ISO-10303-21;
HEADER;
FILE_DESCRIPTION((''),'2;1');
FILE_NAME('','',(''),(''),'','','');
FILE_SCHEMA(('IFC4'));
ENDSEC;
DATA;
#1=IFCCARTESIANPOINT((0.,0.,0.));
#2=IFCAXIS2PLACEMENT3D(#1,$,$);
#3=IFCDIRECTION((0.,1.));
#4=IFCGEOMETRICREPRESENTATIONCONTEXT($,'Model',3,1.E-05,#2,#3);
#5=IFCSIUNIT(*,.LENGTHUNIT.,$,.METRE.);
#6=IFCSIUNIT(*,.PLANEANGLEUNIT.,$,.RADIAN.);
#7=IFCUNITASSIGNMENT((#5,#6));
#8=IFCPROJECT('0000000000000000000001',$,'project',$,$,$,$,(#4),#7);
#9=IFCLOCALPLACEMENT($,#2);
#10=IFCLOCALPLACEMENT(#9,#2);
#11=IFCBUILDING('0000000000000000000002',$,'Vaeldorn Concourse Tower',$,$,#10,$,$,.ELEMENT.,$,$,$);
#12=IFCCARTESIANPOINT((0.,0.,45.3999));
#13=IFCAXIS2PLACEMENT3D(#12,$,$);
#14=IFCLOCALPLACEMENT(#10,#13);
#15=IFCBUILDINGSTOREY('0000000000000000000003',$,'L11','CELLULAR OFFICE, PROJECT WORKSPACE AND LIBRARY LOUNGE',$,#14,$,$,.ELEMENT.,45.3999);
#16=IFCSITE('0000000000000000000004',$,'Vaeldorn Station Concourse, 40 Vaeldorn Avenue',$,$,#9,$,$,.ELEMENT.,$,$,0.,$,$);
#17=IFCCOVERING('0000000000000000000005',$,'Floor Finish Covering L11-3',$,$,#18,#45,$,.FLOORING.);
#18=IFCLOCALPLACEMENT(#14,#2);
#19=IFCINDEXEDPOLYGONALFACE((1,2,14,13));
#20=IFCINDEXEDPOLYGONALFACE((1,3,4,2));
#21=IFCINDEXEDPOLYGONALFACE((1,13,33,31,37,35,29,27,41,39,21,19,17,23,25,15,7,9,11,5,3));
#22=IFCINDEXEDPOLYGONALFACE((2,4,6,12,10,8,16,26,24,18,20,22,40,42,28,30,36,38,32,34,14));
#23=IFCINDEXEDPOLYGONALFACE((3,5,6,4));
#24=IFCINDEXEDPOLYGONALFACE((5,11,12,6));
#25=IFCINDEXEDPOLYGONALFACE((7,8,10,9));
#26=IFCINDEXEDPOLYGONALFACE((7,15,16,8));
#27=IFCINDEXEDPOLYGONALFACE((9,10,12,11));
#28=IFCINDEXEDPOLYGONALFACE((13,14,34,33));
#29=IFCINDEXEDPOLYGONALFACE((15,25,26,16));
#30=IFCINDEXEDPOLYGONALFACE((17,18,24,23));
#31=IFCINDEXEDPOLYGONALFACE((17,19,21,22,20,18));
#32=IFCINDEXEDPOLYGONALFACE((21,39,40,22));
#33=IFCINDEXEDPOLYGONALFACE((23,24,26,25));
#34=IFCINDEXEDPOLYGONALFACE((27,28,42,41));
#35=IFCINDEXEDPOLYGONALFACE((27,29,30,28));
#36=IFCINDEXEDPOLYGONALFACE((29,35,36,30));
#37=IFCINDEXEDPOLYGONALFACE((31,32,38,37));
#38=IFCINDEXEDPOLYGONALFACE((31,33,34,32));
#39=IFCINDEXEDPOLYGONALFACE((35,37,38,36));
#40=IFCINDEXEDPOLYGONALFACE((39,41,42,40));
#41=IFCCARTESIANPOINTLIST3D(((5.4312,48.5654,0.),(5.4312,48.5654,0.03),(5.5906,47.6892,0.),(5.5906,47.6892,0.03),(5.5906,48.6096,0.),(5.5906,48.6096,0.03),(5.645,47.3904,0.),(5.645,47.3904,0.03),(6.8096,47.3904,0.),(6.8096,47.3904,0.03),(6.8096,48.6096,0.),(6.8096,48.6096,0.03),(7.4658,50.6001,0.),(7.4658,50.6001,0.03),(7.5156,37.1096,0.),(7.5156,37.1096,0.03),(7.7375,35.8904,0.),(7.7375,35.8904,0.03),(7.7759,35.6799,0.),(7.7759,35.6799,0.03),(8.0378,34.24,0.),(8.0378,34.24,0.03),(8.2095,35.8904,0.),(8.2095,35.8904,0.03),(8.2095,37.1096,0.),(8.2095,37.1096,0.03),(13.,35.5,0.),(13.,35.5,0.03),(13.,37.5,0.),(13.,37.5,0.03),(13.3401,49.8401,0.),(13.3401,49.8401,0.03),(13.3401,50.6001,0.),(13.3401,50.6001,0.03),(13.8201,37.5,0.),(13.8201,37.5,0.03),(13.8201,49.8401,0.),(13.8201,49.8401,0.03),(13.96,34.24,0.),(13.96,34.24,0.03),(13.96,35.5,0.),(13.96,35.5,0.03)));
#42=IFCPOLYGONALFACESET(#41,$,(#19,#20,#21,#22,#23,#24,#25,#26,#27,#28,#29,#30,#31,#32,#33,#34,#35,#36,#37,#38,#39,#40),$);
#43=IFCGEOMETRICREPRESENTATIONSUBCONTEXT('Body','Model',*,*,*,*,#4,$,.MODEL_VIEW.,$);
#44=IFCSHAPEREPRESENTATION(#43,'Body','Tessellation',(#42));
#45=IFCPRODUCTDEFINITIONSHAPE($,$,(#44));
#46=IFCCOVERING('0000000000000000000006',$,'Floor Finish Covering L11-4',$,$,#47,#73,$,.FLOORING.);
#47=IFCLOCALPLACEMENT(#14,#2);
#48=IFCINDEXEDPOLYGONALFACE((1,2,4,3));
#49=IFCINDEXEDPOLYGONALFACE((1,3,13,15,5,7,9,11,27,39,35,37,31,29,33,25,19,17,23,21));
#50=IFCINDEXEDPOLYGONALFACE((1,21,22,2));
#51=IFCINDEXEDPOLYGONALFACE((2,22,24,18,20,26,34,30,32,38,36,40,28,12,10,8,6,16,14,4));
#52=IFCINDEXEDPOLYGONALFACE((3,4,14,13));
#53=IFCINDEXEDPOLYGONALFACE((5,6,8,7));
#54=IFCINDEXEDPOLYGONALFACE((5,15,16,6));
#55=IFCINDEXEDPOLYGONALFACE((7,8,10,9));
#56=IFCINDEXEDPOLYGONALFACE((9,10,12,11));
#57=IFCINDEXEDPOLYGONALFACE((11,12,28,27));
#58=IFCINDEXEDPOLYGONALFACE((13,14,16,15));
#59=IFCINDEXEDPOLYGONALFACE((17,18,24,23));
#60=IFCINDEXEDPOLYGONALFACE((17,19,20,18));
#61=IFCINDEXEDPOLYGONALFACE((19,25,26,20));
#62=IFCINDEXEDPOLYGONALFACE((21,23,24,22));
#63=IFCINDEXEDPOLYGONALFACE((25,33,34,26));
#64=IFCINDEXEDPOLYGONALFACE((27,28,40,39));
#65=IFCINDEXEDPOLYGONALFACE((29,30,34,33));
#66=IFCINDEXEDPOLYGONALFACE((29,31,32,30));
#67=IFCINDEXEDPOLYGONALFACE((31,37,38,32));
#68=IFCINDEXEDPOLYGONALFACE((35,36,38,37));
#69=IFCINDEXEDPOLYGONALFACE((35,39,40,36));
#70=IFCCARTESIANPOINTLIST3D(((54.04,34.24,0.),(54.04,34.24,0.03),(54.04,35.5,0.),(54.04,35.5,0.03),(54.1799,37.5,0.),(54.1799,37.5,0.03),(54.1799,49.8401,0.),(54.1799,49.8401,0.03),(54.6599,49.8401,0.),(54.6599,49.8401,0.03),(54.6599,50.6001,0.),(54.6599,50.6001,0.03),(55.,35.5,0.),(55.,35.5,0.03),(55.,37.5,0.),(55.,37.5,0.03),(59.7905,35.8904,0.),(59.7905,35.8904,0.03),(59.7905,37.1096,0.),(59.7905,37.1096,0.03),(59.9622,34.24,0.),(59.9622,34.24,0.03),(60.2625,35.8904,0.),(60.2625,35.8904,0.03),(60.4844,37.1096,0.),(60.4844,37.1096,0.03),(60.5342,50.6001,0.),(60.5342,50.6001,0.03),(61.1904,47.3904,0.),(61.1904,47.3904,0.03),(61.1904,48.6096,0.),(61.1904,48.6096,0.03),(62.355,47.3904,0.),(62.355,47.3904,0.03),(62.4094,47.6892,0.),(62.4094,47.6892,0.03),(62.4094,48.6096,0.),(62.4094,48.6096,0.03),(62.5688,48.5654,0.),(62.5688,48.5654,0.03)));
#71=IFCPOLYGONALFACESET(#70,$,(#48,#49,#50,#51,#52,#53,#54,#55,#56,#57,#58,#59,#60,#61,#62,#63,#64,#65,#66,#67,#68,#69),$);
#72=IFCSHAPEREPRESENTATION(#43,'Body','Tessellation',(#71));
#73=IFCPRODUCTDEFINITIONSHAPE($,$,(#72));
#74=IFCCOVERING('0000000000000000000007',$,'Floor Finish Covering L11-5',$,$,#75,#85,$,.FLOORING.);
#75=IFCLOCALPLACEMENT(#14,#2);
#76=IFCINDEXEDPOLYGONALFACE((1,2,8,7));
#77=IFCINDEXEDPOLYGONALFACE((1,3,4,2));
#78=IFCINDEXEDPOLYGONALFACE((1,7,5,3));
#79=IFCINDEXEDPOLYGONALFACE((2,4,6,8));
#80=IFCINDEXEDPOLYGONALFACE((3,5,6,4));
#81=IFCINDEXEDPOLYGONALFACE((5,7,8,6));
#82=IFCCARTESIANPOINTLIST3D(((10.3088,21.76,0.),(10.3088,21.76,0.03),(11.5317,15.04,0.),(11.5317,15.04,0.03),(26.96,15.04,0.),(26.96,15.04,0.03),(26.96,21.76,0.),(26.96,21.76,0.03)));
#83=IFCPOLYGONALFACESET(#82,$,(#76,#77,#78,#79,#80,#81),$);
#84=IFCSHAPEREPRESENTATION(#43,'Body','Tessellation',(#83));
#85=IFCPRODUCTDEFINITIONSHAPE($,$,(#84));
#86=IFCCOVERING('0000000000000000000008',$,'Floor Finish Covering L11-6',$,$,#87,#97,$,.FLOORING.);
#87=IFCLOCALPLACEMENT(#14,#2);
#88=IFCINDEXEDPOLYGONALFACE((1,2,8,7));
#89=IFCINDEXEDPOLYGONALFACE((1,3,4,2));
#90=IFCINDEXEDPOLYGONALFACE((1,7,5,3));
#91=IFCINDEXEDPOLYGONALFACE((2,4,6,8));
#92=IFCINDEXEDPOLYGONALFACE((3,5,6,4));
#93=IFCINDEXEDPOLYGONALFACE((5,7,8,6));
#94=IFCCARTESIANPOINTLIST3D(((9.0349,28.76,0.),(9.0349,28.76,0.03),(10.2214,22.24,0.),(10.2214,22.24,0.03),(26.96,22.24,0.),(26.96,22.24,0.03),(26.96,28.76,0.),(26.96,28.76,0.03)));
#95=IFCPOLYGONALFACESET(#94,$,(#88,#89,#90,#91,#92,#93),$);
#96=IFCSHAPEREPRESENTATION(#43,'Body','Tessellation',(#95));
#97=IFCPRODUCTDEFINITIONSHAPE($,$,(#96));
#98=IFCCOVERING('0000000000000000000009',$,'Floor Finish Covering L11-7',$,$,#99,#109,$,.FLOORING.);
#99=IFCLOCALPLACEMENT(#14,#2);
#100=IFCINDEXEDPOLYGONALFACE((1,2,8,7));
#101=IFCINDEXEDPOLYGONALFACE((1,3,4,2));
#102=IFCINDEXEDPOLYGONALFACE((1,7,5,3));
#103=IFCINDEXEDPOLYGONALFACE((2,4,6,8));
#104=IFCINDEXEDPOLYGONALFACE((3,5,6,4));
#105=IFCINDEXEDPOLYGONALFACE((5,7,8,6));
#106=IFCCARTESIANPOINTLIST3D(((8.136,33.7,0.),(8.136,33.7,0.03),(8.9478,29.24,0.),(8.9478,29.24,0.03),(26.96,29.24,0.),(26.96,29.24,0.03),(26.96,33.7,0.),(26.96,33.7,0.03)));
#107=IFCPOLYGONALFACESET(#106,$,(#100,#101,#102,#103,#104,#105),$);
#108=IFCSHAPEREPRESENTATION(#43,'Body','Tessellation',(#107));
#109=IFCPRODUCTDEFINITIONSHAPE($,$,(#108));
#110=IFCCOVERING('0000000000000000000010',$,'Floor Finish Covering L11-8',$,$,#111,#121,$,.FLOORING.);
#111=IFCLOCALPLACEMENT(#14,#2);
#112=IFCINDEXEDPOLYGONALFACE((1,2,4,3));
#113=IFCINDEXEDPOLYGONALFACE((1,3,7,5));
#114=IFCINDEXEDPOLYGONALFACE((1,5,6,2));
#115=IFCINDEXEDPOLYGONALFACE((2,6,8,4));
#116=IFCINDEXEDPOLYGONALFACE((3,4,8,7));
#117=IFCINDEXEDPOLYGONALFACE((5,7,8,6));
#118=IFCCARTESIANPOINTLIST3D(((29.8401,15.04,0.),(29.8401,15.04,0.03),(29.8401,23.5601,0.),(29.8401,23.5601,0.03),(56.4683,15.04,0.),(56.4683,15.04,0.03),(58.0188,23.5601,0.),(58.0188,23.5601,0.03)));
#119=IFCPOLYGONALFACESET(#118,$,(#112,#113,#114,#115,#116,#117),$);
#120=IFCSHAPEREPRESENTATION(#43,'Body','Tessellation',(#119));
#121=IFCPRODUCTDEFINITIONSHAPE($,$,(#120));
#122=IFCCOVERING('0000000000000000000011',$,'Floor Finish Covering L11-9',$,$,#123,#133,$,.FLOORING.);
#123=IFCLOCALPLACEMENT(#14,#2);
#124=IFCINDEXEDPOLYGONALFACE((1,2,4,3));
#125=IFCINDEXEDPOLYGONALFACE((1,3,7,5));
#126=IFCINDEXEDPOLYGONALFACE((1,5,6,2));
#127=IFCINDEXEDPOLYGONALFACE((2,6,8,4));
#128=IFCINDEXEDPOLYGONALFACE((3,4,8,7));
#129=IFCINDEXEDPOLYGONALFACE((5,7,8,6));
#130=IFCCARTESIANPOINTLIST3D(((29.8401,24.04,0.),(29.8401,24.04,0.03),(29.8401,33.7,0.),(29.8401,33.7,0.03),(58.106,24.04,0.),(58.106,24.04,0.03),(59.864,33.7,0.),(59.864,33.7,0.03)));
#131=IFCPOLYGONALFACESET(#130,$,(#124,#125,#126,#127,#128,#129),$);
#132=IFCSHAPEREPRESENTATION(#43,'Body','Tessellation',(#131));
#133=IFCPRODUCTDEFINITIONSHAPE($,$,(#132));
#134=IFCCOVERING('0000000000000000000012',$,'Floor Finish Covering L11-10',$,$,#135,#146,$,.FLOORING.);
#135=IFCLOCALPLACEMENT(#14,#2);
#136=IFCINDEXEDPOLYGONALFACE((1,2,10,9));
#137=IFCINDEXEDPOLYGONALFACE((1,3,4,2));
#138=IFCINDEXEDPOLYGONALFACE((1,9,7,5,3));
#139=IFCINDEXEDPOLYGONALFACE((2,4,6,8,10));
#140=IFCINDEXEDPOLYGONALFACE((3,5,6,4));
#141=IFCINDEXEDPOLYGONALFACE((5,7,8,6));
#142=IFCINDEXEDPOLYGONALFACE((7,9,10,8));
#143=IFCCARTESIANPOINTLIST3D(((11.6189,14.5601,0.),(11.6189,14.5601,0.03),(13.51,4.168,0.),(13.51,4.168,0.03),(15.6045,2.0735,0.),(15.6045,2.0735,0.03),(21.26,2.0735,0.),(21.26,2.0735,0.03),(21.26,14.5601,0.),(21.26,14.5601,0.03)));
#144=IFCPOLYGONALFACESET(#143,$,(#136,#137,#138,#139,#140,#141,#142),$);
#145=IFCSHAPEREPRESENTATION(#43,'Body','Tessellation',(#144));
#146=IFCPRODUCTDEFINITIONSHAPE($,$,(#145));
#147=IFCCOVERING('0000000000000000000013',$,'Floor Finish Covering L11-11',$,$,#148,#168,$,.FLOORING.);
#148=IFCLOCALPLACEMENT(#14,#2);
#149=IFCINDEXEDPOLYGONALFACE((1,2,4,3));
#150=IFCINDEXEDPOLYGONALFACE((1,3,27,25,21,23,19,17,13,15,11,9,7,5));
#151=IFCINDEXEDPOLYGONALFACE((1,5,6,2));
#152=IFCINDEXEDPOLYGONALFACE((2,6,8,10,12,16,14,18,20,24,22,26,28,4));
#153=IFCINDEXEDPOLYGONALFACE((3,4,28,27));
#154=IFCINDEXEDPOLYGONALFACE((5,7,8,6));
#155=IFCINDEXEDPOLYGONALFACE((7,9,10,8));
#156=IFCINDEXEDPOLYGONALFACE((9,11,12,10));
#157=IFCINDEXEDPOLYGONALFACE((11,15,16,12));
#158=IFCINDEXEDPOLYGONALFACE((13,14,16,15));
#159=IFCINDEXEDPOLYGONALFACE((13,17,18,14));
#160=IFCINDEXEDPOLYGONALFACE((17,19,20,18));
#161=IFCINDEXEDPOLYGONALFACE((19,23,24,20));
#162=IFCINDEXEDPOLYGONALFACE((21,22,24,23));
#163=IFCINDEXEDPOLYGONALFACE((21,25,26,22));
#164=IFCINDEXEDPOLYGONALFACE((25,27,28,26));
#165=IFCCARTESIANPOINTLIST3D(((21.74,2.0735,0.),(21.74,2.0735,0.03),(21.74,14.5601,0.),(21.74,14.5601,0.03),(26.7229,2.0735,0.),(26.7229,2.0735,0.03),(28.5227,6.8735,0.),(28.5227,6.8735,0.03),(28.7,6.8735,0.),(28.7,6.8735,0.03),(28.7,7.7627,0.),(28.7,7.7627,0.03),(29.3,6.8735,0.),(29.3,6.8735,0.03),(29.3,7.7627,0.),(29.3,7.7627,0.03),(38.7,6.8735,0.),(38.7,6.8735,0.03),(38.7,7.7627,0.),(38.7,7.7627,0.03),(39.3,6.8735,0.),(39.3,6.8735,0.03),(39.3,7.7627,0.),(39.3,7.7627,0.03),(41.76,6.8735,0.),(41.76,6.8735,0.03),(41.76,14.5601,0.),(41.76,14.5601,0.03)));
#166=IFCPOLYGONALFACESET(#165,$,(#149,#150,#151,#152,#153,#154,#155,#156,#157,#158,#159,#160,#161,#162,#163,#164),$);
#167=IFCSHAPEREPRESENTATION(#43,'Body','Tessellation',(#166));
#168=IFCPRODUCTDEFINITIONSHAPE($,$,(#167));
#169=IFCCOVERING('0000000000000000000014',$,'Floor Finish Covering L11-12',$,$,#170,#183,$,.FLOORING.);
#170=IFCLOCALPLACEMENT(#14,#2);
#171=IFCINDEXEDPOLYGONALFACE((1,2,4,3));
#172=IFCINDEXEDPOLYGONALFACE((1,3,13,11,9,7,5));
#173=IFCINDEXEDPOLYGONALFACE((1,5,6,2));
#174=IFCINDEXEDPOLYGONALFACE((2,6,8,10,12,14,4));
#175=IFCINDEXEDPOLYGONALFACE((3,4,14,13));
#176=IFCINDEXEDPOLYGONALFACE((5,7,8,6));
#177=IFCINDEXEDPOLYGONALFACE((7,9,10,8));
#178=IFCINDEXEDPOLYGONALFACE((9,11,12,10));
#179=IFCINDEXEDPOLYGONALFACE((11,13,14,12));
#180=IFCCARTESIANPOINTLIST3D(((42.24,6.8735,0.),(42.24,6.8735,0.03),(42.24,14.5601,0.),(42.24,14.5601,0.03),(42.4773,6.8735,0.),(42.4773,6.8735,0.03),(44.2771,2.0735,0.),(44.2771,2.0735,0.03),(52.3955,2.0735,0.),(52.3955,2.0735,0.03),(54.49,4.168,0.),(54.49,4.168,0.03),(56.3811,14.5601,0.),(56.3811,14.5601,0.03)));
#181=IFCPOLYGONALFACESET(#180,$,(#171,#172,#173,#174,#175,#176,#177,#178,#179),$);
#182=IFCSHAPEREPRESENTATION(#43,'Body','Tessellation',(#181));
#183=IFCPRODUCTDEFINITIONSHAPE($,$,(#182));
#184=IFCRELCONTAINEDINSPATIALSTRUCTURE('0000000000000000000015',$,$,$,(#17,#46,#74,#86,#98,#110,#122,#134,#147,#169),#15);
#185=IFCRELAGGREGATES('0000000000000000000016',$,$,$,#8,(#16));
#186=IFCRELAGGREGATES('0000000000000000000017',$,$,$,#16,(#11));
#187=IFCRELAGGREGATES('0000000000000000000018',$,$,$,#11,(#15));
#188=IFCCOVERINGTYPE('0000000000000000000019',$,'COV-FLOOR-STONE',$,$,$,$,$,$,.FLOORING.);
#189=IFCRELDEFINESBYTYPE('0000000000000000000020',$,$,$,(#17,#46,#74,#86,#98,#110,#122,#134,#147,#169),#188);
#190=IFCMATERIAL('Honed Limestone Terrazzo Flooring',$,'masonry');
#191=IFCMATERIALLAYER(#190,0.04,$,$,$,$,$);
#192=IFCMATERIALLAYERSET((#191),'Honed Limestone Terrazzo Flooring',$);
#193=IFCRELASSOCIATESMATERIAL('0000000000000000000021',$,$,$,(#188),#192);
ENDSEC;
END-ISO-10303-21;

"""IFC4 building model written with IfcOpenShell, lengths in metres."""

from ifc_helpers import new_model, si_unit, direction, frame, origin, place, context, subcontext, project, spatial, polyline, outline, extrude, material, layer, layer_set, type_object, element, save


model = new_model("IFC4")

# Units and contexts
model_context = context("Model", 3, precision=1e-05, world=origin(), true_north=direction((0.0, 1.0)))
body_context = subcontext(model_context, "Body", "Model", "MODEL_VIEW")
ifc_project = project(units=[si_unit("LENGTHUNIT", "METRE"), si_unit("PLANEANGLEUNIT", "RADIAN")], contexts=[model_context])

# Site, building, storey
site_placement = place(None, origin())
site = spatial("IfcSite", under=ifc_project, at=site_placement, Name="Vaeldorn Station Concourse, 40 Vaeldorn Avenue", CompositionType="ELEMENT", RefElevation=0.0)
building_placement = place(site_placement, origin())
building = spatial("IfcBuilding", under=site, at=building_placement, Name="Vaeldorn Concourse Tower", CompositionType="ELEMENT")
storey_placement = place(building_placement, frame((0.0, 0.0, 45.3999)))
storey = spatial("IfcBuildingStorey", under=building, at=storey_placement, Name="L11", Description="CELLULAR OFFICE, PROJECT WORKSPACE AND LIBRARY LOUNGE", CompositionType="ELEMENT", Elevation=45.3999)

# Coverings
ifc_material_1 = material(Name="Honed Limestone Terrazzo Flooring", Category="masonry")
ifc_layer_1 = layer(ifc_material_1, 0.04)
ifc_layer_set_1 = layer_set([ifc_layer_1], Name="Honed Limestone Terrazzo Flooring")
covering_type_1 = type_object("IfcCoveringType", Name="COV-FLOOR-STONE", PredefinedType="FLOORING", material=ifc_layer_set_1)
covering_1_placement = place(storey_placement, origin())
element("IfcCovering", 1, at=covering_1_placement, inside=storey, type_object=covering_type_1, Name="Floor Finish Covering L11-3", PredefinedType="FLOORING", context=body_context, shape_type="SweptSolid", body=[
    extrude(outline(polyline([(7.4658, 50.6001), (13.3401, 50.6001), (13.3401, 49.8401), (13.8201, 49.8401), (13.8201, 37.5), (13.0, 37.5), (13.0, 35.5), (13.96, 35.5), (13.96, 34.24), (8.0378, 34.24), (7.7759, 35.6799), (7.7759, 35.6799), (7.7375, 35.8904), (8.2095, 35.8904), (8.2095, 37.1096), (7.5156, 37.1096), (5.645, 47.3904), (6.8096, 47.3904), (6.8096, 48.6096), (5.5906, 48.6096), (5.5906, 47.6892), (5.4312, 48.5654), (7.4658, 50.6001)])), origin(), (0.0, 0.0, 1.0), 0.03),
])
covering_2_placement = place(storey_placement, origin())
element("IfcCovering", 2, at=covering_2_placement, inside=storey, type_object=covering_type_1, Name="Floor Finish Covering L11-4", PredefinedType="FLOORING", context=body_context, shape_type="SweptSolid", body=[
    extrude(outline(polyline([(54.1799, 49.8401), (54.6599, 49.8401), (54.6599, 50.6001), (60.5342, 50.6001), (62.5688, 48.5654), (62.4094, 47.6892), (62.4094, 48.6096), (61.1904, 48.6096), (61.1904, 47.3904), (62.355, 47.3904), (60.4844, 37.1096), (59.7905, 37.1096), (59.7905, 35.8904), (60.2625, 35.8904), (59.9622, 34.24), (54.04, 34.24), (54.04, 35.5), (55.0, 35.5), (55.0, 37.5), (54.1799, 37.5), (54.1799, 49.8401)])), origin(), (0.0, 0.0, 1.0), 0.03),
])
covering_3_placement = place(storey_placement, origin())
element("IfcCovering", 3, at=covering_3_placement, inside=storey, type_object=covering_type_1, Name="Floor Finish Covering L11-5", PredefinedType="FLOORING", context=body_context, shape_type="SweptSolid", body=[
    extrude(outline(polyline([(26.96, 21.76), (26.96, 15.04), (11.5317, 15.04), (10.3088, 21.76), (26.96, 21.76)])), origin(), (0.0, 0.0, 1.0), 0.03),
])
covering_4_placement = place(storey_placement, origin())
element("IfcCovering", 4, at=covering_4_placement, inside=storey, type_object=covering_type_1, Name="Floor Finish Covering L11-6", PredefinedType="FLOORING", context=body_context, shape_type="SweptSolid", body=[
    extrude(outline(polyline([(26.96, 28.76), (26.96, 22.24), (10.2214, 22.24), (9.0349, 28.76), (26.96, 28.76)])), origin(), (0.0, 0.0, 1.0), 0.03),
])
covering_5_placement = place(storey_placement, origin())
element("IfcCovering", 5, at=covering_5_placement, inside=storey, type_object=covering_type_1, Name="Floor Finish Covering L11-7", PredefinedType="FLOORING", context=body_context, shape_type="SweptSolid", body=[
    extrude(outline(polyline([(26.96, 33.7), (26.96, 29.24), (8.9478, 29.24), (8.136, 33.7), (26.96, 33.7)])), origin(), (0.0, 0.0, 1.0), 0.03),
])
covering_6_placement = place(storey_placement, origin())
element("IfcCovering", 6, at=covering_6_placement, inside=storey, type_object=covering_type_1, Name="Floor Finish Covering L11-8", PredefinedType="FLOORING", context=body_context, shape_type="SweptSolid", body=[
    extrude(outline(polyline([(29.8401, 15.04), (29.8401, 23.5601), (58.0188, 23.5601), (56.4683, 15.04), (29.8401, 15.04)])), origin(), (0.0, 0.0, 1.0), 0.03),
])
covering_7_placement = place(storey_placement, origin())
element("IfcCovering", 7, at=covering_7_placement, inside=storey, type_object=covering_type_1, Name="Floor Finish Covering L11-9", PredefinedType="FLOORING", context=body_context, shape_type="SweptSolid", body=[
    extrude(outline(polyline([(29.8401, 24.04), (29.8401, 33.7), (59.864, 33.7), (58.106, 24.04), (29.8401, 24.04)])), origin(), (0.0, 0.0, 1.0), 0.03),
])
covering_8_placement = place(storey_placement, origin())
element("IfcCovering", 8, at=covering_8_placement, inside=storey, type_object=covering_type_1, Name="Floor Finish Covering L11-10", PredefinedType="FLOORING", context=body_context, shape_type="SweptSolid", body=[
    extrude(outline(polyline([(21.26, 14.5601), (21.26, 2.0735), (15.6045, 2.0735), (13.51, 4.168), (11.6189, 14.5601), (21.26, 14.5601)])), origin(), (0.0, 0.0, 1.0), 0.03),
])
covering_9_placement = place(storey_placement, origin())
element("IfcCovering", 9, at=covering_9_placement, inside=storey, type_object=covering_type_1, Name="Floor Finish Covering L11-11", PredefinedType="FLOORING", context=body_context, shape_type="SweptSolid", body=[
    extrude(outline(polyline([(26.7229, 2.0735), (21.74, 2.0735), (21.74, 14.5601), (41.76, 14.5601), (41.76, 6.8735), (39.3, 6.8735), (39.3, 7.7627), (38.7, 7.7627), (38.7, 6.8735), (29.3, 6.8735), (29.3, 7.7627), (28.7, 7.7627), (28.7, 6.8735), (28.5227, 6.8735), (26.7229, 2.0735)])), origin(), (0.0, 0.0, 1.0), 0.03),
])
covering_10_placement = place(storey_placement, origin())
element("IfcCovering", 10, at=covering_10_placement, inside=storey, type_object=covering_type_1, Name="Floor Finish Covering L11-12", PredefinedType="FLOORING", context=body_context, shape_type="SweptSolid", body=[
    extrude(outline(polyline([(42.24, 14.5601), (56.3811, 14.5601), (54.49, 4.168), (52.3955, 2.0735), (44.2771, 2.0735), (42.4773, 6.8735), (42.24, 6.8735), (42.24, 14.5601)])), origin(), (0.0, 0.0, 1.0), 0.03),
])

save(model, "model.ifc")
